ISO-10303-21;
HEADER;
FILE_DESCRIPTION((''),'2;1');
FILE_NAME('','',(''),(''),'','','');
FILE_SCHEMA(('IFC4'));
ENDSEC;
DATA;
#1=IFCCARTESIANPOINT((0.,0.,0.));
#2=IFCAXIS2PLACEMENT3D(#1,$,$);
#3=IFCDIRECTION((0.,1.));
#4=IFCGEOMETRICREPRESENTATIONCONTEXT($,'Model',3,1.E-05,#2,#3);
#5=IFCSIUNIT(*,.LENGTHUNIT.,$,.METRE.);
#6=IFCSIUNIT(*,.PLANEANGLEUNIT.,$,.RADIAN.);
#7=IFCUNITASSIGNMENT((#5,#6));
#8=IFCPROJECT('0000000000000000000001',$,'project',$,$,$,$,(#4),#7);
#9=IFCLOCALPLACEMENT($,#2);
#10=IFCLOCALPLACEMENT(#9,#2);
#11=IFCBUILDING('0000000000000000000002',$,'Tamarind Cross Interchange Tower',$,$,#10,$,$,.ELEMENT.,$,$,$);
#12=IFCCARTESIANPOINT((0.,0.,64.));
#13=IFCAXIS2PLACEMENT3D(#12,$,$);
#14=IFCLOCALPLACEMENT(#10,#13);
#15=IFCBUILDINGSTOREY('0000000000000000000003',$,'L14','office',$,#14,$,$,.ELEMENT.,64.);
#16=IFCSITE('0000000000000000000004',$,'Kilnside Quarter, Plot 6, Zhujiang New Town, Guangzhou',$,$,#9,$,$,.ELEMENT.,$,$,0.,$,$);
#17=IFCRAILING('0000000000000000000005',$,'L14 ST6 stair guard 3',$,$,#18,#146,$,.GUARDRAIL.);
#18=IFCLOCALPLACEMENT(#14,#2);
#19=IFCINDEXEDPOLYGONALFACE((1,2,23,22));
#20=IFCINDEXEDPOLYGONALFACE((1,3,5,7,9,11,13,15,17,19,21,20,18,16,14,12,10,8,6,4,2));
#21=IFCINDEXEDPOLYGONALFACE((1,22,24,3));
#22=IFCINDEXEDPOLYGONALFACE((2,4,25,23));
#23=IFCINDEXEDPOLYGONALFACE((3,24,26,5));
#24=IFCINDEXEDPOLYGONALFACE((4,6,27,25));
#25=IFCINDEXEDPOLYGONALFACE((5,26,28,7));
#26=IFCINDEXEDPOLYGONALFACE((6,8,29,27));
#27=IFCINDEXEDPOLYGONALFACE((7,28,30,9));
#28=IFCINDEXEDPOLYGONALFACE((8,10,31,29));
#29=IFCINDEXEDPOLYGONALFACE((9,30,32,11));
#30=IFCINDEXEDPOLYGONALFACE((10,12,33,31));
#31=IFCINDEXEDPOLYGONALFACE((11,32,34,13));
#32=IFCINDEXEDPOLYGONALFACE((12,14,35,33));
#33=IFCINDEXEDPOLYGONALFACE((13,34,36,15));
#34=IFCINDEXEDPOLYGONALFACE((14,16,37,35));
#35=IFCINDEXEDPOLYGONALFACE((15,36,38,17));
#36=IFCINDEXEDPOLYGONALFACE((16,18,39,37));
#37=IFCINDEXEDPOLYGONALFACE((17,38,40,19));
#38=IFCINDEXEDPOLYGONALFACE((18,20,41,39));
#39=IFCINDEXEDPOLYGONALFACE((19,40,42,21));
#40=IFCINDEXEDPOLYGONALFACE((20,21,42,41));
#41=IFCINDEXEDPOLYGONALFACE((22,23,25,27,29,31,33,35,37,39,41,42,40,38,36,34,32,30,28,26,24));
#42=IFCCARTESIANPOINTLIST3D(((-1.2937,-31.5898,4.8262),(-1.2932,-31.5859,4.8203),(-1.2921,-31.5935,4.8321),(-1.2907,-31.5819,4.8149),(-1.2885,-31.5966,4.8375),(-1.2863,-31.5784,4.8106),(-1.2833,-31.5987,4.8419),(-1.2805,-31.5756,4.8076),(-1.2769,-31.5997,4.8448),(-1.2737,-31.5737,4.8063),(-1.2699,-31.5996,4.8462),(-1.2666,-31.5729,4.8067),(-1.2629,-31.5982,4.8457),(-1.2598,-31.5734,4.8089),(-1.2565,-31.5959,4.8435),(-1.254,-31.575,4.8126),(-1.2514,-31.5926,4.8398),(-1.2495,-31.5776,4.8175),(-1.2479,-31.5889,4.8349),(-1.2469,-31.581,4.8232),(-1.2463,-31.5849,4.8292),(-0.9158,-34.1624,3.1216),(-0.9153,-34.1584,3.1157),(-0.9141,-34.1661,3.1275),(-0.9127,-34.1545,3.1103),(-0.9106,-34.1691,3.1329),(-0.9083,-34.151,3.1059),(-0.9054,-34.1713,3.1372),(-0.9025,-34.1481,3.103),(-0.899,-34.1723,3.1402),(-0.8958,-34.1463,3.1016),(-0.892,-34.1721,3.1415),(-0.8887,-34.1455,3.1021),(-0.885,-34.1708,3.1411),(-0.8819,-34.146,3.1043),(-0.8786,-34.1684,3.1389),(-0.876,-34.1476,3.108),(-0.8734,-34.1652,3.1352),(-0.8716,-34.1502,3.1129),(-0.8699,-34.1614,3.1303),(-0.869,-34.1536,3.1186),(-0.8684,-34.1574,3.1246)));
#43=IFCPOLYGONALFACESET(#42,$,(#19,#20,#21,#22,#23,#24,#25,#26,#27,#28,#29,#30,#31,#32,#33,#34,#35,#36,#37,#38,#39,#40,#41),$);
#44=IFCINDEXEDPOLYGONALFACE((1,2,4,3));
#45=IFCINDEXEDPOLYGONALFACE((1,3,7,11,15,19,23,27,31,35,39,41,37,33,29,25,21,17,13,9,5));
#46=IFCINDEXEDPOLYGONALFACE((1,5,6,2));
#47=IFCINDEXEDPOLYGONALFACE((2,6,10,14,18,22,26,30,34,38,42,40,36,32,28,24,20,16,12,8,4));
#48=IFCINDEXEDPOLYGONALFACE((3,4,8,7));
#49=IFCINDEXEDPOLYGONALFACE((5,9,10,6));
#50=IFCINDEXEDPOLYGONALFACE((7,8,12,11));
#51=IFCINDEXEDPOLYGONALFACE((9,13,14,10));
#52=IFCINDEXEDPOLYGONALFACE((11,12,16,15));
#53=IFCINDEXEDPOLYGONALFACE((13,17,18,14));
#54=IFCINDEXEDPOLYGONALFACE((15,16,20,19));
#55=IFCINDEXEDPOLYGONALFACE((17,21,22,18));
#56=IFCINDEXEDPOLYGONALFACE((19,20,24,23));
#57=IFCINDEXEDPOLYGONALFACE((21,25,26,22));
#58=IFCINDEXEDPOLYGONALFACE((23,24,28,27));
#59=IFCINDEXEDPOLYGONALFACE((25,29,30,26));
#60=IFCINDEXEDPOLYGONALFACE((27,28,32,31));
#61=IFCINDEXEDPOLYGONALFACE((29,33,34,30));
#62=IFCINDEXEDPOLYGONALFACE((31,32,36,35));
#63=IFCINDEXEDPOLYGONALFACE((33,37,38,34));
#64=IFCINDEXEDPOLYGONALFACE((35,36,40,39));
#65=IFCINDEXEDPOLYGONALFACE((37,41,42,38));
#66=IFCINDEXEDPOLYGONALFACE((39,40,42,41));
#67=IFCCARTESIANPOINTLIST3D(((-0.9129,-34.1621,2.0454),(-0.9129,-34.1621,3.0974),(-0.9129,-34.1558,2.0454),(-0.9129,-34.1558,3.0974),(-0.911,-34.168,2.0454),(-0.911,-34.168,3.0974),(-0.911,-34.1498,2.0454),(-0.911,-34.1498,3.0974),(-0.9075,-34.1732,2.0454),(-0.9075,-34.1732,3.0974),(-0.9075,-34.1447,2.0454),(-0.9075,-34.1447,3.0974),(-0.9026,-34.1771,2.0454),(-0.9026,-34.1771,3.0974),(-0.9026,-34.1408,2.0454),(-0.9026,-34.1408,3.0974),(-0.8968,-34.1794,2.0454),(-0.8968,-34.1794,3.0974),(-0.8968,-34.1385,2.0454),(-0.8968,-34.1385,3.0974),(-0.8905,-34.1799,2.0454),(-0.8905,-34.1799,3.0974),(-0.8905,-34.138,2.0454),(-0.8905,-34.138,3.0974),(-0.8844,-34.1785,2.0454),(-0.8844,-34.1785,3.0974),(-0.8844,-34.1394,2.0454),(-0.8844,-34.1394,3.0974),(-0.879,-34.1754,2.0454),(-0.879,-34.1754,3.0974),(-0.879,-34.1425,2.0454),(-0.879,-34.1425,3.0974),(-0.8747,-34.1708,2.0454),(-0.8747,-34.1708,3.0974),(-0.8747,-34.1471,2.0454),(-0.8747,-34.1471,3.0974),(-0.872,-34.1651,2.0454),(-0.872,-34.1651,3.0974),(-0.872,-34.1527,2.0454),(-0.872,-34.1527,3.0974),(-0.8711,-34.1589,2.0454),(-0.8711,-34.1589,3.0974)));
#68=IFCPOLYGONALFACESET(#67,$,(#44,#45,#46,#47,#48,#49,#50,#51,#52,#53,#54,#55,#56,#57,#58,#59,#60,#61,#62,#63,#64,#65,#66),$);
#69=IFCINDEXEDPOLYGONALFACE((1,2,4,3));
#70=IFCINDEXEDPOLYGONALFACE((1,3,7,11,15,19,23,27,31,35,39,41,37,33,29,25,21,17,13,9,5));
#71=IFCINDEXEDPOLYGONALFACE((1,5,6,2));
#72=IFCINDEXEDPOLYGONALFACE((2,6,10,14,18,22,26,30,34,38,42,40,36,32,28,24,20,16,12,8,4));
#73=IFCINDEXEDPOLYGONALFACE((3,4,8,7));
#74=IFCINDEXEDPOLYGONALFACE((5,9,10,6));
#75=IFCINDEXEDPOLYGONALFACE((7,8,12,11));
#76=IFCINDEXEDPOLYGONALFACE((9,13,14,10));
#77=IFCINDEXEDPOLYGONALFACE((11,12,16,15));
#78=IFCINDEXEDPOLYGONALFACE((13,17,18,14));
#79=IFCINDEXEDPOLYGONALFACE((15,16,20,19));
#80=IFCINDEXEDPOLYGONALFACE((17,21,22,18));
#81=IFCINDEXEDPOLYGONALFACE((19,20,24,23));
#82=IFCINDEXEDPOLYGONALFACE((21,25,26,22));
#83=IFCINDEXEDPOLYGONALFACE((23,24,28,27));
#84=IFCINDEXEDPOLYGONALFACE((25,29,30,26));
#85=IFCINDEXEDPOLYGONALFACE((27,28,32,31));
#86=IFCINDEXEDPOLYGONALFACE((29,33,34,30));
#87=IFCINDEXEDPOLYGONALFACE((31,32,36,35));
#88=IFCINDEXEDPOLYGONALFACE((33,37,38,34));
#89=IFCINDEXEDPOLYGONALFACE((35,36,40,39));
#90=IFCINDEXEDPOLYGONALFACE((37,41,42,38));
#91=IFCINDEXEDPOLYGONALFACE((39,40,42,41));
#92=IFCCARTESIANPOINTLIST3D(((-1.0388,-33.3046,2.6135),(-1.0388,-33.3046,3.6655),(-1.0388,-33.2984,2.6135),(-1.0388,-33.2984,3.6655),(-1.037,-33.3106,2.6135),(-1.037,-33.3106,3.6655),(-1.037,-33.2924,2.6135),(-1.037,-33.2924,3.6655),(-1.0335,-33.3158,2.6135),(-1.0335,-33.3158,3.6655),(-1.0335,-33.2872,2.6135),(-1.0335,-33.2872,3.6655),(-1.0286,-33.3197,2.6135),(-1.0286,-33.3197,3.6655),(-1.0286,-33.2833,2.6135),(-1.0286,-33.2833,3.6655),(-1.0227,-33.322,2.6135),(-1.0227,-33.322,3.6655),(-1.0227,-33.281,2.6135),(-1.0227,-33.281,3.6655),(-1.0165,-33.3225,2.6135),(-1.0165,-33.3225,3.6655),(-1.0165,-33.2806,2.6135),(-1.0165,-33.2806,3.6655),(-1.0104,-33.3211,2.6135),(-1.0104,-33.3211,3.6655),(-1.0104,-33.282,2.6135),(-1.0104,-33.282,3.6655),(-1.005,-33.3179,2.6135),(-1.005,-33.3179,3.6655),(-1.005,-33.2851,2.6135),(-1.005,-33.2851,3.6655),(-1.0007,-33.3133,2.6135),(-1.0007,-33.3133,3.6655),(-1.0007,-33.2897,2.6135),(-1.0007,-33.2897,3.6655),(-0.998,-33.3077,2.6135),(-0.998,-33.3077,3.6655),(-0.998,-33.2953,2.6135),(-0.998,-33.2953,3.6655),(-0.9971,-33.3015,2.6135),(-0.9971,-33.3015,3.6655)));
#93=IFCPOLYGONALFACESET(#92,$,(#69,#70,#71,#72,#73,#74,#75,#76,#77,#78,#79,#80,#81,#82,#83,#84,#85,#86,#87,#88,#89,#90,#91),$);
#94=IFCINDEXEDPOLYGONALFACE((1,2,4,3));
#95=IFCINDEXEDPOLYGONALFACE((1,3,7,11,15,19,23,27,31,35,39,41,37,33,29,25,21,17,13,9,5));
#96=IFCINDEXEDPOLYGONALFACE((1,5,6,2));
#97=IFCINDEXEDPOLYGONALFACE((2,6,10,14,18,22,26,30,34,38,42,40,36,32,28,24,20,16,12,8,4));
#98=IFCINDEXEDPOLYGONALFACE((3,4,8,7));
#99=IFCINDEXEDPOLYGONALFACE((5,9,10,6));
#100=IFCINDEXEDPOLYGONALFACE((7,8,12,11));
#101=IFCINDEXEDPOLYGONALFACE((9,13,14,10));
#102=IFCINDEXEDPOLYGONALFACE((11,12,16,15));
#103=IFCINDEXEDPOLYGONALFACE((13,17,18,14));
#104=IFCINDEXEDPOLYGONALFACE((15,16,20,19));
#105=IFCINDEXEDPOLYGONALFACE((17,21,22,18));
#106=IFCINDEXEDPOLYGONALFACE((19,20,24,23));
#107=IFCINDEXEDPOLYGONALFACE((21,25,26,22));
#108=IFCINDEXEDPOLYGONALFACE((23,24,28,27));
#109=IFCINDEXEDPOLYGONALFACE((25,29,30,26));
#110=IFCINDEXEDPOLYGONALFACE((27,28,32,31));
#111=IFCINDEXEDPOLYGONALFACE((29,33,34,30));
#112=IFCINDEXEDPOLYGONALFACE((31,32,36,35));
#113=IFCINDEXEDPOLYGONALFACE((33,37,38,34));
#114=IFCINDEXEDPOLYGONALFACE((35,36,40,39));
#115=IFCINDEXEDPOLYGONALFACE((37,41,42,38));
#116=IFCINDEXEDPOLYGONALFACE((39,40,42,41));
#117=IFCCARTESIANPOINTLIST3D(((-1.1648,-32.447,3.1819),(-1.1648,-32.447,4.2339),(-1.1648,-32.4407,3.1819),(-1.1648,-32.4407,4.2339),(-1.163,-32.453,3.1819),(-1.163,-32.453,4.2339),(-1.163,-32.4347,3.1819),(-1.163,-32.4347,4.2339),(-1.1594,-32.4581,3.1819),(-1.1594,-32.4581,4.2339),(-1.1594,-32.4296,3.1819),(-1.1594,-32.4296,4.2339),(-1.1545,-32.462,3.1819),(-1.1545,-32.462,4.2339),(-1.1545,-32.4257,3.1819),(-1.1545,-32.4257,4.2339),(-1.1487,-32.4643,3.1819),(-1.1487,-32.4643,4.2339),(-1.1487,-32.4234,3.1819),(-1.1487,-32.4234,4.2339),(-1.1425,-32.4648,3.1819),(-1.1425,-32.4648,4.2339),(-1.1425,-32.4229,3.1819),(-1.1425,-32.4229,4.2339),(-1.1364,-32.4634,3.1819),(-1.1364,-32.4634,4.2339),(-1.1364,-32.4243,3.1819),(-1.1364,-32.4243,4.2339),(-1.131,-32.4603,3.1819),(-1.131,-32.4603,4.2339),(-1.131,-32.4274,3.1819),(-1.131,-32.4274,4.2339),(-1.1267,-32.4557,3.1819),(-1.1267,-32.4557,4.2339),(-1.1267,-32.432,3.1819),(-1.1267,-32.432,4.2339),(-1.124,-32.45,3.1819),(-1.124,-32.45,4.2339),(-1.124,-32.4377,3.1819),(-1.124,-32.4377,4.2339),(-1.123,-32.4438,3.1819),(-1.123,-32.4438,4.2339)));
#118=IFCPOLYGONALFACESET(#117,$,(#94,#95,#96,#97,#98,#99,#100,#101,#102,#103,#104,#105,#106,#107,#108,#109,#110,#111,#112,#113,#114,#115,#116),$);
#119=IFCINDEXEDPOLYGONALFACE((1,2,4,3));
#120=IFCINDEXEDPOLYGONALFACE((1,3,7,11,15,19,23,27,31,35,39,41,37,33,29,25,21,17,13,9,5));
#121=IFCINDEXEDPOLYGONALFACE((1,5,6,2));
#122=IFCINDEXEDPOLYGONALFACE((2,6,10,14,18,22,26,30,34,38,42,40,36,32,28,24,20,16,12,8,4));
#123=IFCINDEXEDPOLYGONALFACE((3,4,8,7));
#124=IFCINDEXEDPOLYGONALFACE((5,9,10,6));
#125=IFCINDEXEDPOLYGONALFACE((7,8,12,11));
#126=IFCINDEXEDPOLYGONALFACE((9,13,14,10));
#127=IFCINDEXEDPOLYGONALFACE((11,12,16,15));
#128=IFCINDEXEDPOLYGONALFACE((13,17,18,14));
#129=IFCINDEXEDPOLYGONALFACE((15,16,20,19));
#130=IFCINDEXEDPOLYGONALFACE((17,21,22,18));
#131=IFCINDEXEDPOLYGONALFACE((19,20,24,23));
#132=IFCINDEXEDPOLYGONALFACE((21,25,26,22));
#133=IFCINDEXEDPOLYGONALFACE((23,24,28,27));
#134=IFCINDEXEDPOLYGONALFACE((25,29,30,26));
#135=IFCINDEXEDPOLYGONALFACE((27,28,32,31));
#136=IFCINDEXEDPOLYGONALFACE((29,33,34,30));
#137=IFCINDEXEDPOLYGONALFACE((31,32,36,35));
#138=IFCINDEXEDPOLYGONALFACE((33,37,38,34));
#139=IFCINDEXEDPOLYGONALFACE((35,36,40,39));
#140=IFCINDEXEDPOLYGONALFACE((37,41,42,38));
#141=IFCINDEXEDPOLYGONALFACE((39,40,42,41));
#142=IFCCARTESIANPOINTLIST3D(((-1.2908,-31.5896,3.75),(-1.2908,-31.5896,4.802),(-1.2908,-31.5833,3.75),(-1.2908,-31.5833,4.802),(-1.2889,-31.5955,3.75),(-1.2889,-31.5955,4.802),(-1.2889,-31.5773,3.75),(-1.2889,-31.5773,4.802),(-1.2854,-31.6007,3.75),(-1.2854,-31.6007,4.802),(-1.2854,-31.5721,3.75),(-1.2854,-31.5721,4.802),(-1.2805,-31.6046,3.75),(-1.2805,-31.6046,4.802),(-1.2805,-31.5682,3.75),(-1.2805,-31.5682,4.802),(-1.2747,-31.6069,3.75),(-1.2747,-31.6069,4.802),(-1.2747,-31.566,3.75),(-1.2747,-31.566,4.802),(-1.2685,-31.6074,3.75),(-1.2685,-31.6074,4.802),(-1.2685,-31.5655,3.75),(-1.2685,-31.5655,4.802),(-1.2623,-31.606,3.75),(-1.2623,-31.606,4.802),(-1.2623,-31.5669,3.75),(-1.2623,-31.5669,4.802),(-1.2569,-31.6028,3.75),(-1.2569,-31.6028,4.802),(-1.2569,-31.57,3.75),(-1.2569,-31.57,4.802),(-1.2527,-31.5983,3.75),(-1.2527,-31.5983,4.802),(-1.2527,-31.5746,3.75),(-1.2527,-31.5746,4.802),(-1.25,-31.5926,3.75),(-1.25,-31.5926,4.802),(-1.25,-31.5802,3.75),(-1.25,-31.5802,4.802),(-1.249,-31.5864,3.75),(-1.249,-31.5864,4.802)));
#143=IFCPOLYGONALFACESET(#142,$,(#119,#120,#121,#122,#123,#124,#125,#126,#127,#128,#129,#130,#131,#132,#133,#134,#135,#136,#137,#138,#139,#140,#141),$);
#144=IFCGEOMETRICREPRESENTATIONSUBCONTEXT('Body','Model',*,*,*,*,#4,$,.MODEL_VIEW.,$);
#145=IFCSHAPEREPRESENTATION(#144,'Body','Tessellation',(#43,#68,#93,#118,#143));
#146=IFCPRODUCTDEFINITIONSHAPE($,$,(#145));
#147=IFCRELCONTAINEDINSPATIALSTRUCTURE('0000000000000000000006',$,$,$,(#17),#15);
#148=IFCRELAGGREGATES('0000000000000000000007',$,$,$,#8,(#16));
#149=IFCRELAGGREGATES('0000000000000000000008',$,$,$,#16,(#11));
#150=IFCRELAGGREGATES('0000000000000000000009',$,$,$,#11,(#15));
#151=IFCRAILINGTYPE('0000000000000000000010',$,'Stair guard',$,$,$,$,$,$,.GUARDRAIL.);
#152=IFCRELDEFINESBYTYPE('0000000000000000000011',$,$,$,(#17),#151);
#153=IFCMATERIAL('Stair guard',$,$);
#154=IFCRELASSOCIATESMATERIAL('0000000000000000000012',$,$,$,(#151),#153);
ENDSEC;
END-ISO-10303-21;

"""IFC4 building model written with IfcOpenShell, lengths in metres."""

from ifc_helpers import new_model, si_unit, direction, frame, origin, origin_2d, place, context, subcontext, project, spatial, circle, extrude, material, type_object, element, save


model = new_model("IFC4")

# Units and contexts
model_context = context("Model", 3, precision=1e-05, world=origin(), true_north=direction((0.0, 1.0)))
body_context = subcontext(model_context, "Body", "Model", "MODEL_VIEW")
ifc_project = project(units=[si_unit("LENGTHUNIT", "METRE"), si_unit("PLANEANGLEUNIT", "RADIAN")], contexts=[model_context])

# Site, building, storey
site_placement = place(None, origin())
site = spatial("IfcSite", under=ifc_project, at=site_placement, Name="Kilnside Quarter, Plot 6, Zhujiang New Town, Guangzhou", CompositionType="ELEMENT", RefElevation=0.0)
building_placement = place(site_placement, origin())
building = spatial("IfcBuilding", under=site, at=building_placement, Name="Tamarind Cross Interchange Tower", CompositionType="ELEMENT")
storey_placement = place(building_placement, frame((0.0, 0.0, 64.0)))
storey = spatial("IfcBuildingStorey", under=building, at=storey_placement, Name="L14", Description="office", CompositionType="ELEMENT", Elevation=64.0)

# Railing
ifc_material_1 = material(Name="Stair guard")
railing_type_1 = type_object("IfcRailingType", Name="Stair guard", PredefinedType="GUARDRAIL", material=ifc_material_1)
railing_1_placement = place(storey_placement, frame((-0.8921, -34.1589, 2.0454)))
element("IfcRailing", 1, at=railing_1_placement, inside=storey, type_object=railing_type_1, Name="L14 ST6 stair guard 3", PredefinedType="GUARDRAIL", context=body_context, shape_type="SweptSolid", body=[
    extrude(circle(Radius=0.0239, at=origin_2d()), frame((0.0, 0.0, 1.0762), z_axis=(-0.121557, 0.827423, 0.548265), x_axis=(-0.98938, -0.145351, 0.0)), (0.0, 0.0, 1.0), 3.1091),
    extrude(circle(Radius=0.021, at=origin_2d()), origin(), (0.0, 0.0, 1.0), 1.052),
    extrude(circle(Radius=0.021, at=origin_2d()), frame((-0.126, 0.8574, 0.5681)), (0.0, 0.0, 1.0), 1.052),
    extrude(circle(Radius=0.021, at=origin_2d()), frame((-0.252, 1.7151, 1.1365)), (0.0, 0.0, 1.0), 1.052),
    extrude(circle(Radius=0.021, at=origin_2d()), frame((-0.3779, 2.5725, 1.7046)), (0.0, 0.0, 1.0), 1.052),
])

save(model, "model.ifc")
